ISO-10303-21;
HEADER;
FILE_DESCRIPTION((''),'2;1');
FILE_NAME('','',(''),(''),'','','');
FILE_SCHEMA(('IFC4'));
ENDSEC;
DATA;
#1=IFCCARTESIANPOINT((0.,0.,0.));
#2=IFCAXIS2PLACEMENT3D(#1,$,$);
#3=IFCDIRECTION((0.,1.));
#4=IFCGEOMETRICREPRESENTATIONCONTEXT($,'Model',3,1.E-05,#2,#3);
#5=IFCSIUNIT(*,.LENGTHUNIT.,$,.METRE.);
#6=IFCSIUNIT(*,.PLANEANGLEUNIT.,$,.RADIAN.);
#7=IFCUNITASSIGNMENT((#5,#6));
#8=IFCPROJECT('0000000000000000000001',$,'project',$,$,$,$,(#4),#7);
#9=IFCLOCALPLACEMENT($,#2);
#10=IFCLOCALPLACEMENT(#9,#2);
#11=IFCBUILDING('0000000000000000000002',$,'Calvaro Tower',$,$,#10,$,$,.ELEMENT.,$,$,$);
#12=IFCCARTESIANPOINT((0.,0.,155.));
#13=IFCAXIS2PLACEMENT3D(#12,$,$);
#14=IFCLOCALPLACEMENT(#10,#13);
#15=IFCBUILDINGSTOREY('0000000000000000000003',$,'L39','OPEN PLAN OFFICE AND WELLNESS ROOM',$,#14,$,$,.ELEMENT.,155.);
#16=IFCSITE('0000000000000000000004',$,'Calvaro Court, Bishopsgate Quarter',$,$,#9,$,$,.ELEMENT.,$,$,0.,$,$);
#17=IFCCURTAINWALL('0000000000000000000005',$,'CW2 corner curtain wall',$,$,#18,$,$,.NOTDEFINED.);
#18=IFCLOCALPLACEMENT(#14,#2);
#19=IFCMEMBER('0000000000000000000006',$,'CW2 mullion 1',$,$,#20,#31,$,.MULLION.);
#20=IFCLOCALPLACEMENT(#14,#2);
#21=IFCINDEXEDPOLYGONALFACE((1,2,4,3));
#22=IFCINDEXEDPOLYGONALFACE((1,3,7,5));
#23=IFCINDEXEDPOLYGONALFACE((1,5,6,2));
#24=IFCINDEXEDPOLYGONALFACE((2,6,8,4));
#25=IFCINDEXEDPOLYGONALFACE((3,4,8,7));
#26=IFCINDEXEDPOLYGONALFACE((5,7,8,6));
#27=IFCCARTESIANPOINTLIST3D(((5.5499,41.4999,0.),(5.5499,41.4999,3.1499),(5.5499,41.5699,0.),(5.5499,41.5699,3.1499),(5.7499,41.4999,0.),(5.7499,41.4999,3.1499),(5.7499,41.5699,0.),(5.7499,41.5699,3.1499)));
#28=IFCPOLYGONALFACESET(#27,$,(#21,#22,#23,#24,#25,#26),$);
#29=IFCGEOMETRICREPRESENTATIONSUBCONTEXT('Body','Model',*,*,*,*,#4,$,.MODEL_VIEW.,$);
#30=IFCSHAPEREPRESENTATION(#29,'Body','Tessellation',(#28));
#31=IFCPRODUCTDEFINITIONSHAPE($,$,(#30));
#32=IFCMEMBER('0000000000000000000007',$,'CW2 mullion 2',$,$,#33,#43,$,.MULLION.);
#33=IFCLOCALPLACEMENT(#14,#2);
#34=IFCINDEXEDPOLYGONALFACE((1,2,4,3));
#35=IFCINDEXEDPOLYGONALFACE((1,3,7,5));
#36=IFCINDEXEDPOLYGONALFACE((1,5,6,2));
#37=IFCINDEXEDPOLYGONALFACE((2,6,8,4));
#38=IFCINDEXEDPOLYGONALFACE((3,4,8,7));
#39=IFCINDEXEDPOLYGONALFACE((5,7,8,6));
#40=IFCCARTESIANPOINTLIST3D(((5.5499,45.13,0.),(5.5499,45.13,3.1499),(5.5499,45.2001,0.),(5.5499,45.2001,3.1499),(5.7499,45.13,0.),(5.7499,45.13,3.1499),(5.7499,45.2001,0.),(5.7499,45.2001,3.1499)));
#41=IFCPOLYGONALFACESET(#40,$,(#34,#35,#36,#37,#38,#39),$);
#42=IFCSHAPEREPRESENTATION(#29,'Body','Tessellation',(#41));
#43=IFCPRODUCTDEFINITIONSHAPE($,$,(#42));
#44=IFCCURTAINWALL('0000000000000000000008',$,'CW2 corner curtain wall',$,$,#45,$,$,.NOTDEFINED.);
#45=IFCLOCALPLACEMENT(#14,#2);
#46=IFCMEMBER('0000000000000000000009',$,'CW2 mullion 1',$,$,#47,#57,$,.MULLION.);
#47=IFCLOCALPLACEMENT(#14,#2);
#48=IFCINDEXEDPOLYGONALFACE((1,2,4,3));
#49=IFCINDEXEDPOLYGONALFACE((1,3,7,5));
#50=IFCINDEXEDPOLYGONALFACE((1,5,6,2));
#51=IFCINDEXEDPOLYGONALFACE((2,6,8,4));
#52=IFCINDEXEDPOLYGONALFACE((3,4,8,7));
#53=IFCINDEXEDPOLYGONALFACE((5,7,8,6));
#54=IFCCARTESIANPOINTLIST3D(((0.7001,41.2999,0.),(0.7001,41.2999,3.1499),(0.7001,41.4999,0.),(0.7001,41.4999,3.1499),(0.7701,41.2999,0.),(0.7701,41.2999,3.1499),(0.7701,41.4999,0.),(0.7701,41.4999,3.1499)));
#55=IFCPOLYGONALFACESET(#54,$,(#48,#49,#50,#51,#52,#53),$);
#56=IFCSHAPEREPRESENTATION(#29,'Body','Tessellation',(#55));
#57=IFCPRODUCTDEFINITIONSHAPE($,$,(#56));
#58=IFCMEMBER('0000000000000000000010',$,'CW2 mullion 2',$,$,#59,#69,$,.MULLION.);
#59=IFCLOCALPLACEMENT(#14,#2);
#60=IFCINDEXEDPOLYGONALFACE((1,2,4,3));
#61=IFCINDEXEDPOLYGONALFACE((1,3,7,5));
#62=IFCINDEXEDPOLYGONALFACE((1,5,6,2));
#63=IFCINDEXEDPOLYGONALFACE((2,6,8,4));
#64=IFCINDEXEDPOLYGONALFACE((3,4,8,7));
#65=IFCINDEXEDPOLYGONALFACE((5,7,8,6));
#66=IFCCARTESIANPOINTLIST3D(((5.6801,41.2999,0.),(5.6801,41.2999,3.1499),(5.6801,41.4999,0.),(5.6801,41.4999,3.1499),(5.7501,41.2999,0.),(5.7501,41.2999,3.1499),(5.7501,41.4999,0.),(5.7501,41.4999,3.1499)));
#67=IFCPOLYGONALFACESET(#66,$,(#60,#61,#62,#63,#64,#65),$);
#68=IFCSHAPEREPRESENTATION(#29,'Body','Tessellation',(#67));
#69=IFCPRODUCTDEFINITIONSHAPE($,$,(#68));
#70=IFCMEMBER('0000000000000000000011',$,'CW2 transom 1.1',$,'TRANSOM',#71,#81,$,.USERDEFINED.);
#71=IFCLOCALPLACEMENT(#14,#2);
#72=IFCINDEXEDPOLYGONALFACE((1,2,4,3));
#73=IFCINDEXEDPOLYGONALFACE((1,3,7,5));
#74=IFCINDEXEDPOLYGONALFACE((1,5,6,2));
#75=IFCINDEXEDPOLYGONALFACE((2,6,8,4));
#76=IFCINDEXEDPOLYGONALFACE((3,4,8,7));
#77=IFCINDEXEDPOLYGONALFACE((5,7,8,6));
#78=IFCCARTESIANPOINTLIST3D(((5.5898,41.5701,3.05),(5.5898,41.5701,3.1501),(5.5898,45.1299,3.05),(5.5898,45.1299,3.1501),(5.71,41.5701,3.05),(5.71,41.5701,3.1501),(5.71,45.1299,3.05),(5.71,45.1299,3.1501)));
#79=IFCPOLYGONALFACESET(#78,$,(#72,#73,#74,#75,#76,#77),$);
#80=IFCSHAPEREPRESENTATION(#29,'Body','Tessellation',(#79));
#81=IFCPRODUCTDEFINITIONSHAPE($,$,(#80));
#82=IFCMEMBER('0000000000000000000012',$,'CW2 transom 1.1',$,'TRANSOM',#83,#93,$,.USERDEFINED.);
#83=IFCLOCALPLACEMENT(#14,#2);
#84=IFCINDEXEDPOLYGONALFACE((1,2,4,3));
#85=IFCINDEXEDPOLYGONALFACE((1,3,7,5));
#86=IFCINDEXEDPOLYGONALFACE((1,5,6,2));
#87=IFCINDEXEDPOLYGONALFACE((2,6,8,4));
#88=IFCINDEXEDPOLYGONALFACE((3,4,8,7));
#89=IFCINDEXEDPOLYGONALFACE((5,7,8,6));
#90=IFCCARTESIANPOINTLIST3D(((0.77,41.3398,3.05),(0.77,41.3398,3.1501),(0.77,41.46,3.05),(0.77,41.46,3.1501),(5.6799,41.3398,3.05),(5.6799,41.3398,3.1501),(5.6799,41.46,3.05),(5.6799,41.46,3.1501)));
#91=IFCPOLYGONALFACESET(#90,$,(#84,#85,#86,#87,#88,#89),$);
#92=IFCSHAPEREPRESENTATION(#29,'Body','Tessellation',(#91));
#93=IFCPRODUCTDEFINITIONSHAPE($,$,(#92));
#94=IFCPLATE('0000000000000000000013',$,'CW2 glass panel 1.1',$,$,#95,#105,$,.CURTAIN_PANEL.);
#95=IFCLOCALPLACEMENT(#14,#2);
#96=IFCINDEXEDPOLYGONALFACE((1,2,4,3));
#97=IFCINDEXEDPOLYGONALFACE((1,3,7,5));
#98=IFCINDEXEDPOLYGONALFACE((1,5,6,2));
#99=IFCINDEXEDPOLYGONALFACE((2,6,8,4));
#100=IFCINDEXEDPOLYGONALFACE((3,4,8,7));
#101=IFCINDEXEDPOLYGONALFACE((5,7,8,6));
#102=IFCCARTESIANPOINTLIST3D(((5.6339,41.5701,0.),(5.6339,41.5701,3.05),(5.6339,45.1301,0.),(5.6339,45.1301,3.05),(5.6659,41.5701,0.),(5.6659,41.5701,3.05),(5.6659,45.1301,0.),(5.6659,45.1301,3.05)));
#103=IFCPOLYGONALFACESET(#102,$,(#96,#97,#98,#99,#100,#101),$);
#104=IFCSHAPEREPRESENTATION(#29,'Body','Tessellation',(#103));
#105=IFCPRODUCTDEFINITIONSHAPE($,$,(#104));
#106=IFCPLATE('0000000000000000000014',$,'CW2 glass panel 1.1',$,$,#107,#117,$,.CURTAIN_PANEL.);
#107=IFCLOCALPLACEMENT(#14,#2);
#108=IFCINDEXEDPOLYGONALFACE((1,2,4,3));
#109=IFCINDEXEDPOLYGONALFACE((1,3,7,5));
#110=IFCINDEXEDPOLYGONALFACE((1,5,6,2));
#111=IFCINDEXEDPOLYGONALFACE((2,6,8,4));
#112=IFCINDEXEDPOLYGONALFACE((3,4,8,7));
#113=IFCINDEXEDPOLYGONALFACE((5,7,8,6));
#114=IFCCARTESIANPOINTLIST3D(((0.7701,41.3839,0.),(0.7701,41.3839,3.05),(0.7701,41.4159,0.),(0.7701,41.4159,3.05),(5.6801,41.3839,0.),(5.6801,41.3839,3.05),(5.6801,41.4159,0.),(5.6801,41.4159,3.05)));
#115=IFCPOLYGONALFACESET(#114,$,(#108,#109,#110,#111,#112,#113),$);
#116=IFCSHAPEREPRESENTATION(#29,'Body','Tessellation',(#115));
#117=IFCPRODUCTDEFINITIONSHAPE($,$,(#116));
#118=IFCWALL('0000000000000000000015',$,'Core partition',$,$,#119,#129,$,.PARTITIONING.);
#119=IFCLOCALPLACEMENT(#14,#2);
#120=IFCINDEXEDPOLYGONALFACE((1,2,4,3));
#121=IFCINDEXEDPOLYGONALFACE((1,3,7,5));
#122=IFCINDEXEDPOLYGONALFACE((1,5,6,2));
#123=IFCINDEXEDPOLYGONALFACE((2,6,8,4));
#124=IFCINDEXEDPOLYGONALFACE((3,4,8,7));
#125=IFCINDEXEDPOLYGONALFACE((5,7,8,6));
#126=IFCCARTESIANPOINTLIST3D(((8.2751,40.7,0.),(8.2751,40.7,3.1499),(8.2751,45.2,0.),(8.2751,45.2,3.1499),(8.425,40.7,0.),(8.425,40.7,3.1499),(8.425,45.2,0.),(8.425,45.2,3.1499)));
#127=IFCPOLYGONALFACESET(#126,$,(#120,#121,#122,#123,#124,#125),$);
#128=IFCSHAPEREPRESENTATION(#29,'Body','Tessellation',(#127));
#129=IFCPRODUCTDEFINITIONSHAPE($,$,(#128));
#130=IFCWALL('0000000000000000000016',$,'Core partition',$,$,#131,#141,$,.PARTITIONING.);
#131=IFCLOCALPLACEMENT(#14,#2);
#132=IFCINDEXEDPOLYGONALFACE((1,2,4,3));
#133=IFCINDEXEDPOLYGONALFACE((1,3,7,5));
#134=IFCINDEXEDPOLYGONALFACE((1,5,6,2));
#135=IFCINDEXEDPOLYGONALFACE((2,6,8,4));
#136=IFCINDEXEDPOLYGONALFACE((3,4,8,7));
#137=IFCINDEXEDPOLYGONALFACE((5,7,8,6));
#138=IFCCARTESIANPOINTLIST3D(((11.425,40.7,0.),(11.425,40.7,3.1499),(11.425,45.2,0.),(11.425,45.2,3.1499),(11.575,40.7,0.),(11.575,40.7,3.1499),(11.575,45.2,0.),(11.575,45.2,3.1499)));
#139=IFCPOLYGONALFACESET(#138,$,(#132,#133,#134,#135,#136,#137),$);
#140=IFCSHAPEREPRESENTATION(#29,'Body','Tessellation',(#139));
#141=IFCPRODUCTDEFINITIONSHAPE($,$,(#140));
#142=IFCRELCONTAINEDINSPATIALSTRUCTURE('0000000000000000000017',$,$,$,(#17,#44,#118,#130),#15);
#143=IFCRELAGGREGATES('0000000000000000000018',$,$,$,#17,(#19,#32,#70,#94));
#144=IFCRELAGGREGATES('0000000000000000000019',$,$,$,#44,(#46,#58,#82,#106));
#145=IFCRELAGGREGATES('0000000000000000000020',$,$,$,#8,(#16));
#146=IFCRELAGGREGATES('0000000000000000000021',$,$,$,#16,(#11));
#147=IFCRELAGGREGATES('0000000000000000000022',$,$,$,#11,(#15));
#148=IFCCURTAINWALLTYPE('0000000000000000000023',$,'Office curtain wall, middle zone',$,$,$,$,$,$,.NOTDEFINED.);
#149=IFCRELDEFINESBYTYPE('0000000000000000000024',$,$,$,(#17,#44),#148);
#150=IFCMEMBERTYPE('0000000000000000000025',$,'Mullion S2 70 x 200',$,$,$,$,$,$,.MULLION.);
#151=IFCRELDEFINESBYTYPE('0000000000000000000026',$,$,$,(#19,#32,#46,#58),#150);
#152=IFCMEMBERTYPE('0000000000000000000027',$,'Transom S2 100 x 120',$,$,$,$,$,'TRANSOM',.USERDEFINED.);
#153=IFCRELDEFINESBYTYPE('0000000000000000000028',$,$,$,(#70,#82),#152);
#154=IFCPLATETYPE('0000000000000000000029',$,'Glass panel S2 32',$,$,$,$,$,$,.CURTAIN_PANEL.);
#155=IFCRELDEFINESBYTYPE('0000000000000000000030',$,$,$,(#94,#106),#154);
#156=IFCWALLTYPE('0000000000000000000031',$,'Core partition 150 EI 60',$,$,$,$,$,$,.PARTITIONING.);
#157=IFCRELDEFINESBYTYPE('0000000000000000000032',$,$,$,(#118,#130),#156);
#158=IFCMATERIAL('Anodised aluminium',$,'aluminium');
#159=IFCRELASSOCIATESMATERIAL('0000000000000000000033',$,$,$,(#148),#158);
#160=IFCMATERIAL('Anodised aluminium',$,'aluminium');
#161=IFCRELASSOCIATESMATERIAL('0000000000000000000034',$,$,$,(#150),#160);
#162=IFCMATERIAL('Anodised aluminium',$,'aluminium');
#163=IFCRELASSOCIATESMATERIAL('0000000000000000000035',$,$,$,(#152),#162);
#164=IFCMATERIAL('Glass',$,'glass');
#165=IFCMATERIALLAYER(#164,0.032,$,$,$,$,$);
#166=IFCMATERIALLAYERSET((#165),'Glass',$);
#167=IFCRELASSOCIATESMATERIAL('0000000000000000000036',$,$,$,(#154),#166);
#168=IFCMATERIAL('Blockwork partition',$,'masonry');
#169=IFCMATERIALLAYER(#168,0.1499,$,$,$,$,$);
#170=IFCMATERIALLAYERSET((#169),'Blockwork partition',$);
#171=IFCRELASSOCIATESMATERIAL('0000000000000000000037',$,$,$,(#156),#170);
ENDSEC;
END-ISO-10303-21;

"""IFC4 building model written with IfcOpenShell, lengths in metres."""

from ifc_helpers import new_model, si_unit, direction, frame, frame_2d, origin, origin_2d, place, context, subcontext, project, spatial, rectangle, extrude, material, layer, layer_set, material_profile, profile_set, type_object, element, aggregate, save


model = new_model("IFC4")

# Units and contexts
model_context = context("Model", 3, precision=1e-05, world=origin(), true_north=direction((0.0, 1.0)))
body_context = subcontext(model_context, "Body", "Model", "MODEL_VIEW")
ifc_project = project(units=[si_unit("LENGTHUNIT", "METRE"), si_unit("PLANEANGLEUNIT", "RADIAN")], contexts=[model_context])

# Site, building, storey
site_placement = place(None, origin())
site = spatial("IfcSite", under=ifc_project, at=site_placement, Name="Calvaro Court, Bishopsgate Quarter", CompositionType="ELEMENT", RefElevation=0.0)
building_placement = place(site_placement, origin())
building = spatial("IfcBuilding", under=site, at=building_placement, Name="Calvaro Tower", CompositionType="ELEMENT")
storey_placement = place(building_placement, frame((0.0, 0.0, 155.0)))
storey = spatial("IfcBuildingStorey", under=building, at=storey_placement, Name="L39", Description="OPEN PLAN OFFICE AND WELLNESS ROOM", CompositionType="ELEMENT", Elevation=155.0)

# Curtain walls, members
ifc_material_1 = material(Name="Anodised aluminium", Category="aluminium")
curtain_wall_type = type_object("IfcCurtainWallType", Name="Office curtain wall, middle zone", PredefinedType="NOTDEFINED", material=ifc_material_1)
curtain_wall_1_placement = place(storey_placement, origin())
curtain_wall_1 = element("IfcCurtainWall", 1, at=curtain_wall_1_placement, inside=storey, type_object=curtain_wall_type, Name="CW2 corner curtain wall", PredefinedType="NOTDEFINED")
ifc_material_2 = material(Name="Anodised aluminium", Category="aluminium")
ifc_material_profile_1 = material_profile(ifc_material_2, rectangle(XDim=0.2, YDim=0.0701, at=origin_2d()), Name="Mullion S2 70 x 200")
ifc_profile_set_1 = profile_set([ifc_material_profile_1], Name="Anodised aluminium")
member_type_1 = type_object("IfcMemberType", Name="Mullion S2 70 x 200", PredefinedType="MULLION", material=ifc_profile_set_1)
member_1_placement = place(storey_placement, frame((5.6499, 41.5349, 0.0), z_axis=(0.0, 0.0, 1.0), x_axis=(-1.0, 0.0, 0.0)))
member_1 = element("IfcMember", 2, at=member_1_placement, type_object=member_type_1, Name="CW2 mullion 1", PredefinedType="MULLION", context=body_context, shape_type="SweptSolid", body=[
    extrude(rectangle(XDim=0.2, YDim=0.0701, at=origin_2d()), origin(), (0.0, 0.0, 1.0), 3.1499),
])
member_2_placement = place(storey_placement, frame((5.6499, 45.165, 0.0), z_axis=(0.0, 0.0, 1.0), x_axis=(-1.0, 0.0, 0.0)))
member_2 = element("IfcMember", 3, at=member_2_placement, type_object=member_type_1, Name="CW2 mullion 2", PredefinedType="MULLION", context=body_context, shape_type="SweptSolid", body=[
    extrude(rectangle(XDim=0.2, YDim=0.0701, at=origin_2d()), origin(), (0.0, 0.0, 1.0), 3.1499),
])
curtain_wall_2_placement = place(storey_placement, origin())
curtain_wall_2 = element("IfcCurtainWall", 4, at=curtain_wall_2_placement, inside=storey, type_object=curtain_wall_type, Name="CW2 corner curtain wall", PredefinedType="NOTDEFINED")
member_3_placement = place(storey_placement, frame((0.7351, 41.3999, 0.0), z_axis=(0.0, 0.0, 1.0), x_axis=(0.0, 1.0, 0.0)))
member_3 = element("IfcMember", 5, at=member_3_placement, type_object=member_type_1, Name="CW2 mullion 1", PredefinedType="MULLION", context=body_context, shape_type="SweptSolid", body=[
    extrude(rectangle(XDim=0.2, YDim=0.0701, at=origin_2d()), origin(), (0.0, 0.0, 1.0), 3.1499),
])
member_4_placement = place(storey_placement, frame((5.7151, 41.3999, 0.0), z_axis=(0.0, 0.0, 1.0), x_axis=(0.0, 1.0, 0.0)))
member_4 = element("IfcMember", 6, at=member_4_placement, type_object=member_type_1, Name="CW2 mullion 2", PredefinedType="MULLION", context=body_context, shape_type="SweptSolid", body=[
    extrude(rectangle(XDim=0.2, YDim=0.0701, at=origin_2d()), origin(), (0.0, 0.0, 1.0), 3.1499),
])

# Members
ifc_material_3 = material(Name="Anodised aluminium", Category="aluminium")
ifc_material_profile_2 = material_profile(ifc_material_3, rectangle(XDim=0.1201, YDim=0.1001, at=origin_2d()), Name="Transom S2 100 x 120")
ifc_profile_set_2 = profile_set([ifc_material_profile_2], Name="Anodised aluminium")
member_type_2 = type_object("IfcMemberType", Name="Transom S2 100 x 120", ElementType="TRANSOM", PredefinedType="USERDEFINED", material=ifc_profile_set_2)
member_5_placement = place(storey_placement, frame((5.6499, 41.5701, 3.1001), z_axis=(0.0, 1.0, 0.0), x_axis=(-1.0, 0.0, 0.0)))
member_5 = element("IfcMember", 7, at=member_5_placement, type_object=member_type_2, Name="CW2 transom 1.1", ObjectType="TRANSOM", PredefinedType="USERDEFINED", context=body_context, shape_type="SweptSolid", body=[
    extrude(rectangle(XDim=0.1201, YDim=0.1001, at=origin_2d()), origin(), (0.0, 0.0, 1.0), 3.5598),
])
member_6_placement = place(storey_placement, frame((0.77, 41.3999, 3.1001), z_axis=(1.0, 0.0, 0.0), x_axis=(0.0, 1.0, 0.0)))
member_6 = element("IfcMember", 8, at=member_6_placement, type_object=member_type_2, Name="CW2 transom 1.1", ObjectType="TRANSOM", PredefinedType="USERDEFINED", context=body_context, shape_type="SweptSolid", body=[
    extrude(rectangle(XDim=0.1201, YDim=0.1001, at=origin_2d()), origin(), (0.0, 0.0, 1.0), 4.9099),
])

# Plates
ifc_material_4 = material(Name="Glass", Category="glass")
ifc_layer_1 = layer(ifc_material_4, 0.032)
ifc_layer_set_1 = layer_set([ifc_layer_1], Name="Glass")
plate_type = type_object("IfcPlateType", Name="Glass panel S2 32", PredefinedType="CURTAIN_PANEL", material=ifc_layer_set_1)
plate_1_placement = place(storey_placement, frame((5.6499, 43.3501, 0.0), z_axis=(0.0, 0.0, 1.0), x_axis=(0.0, 1.0, 0.0)))
plate_1 = element("IfcPlate", 9, at=plate_1_placement, type_object=plate_type, Name="CW2 glass panel 1.1", PredefinedType="CURTAIN_PANEL", context=body_context, shape_type="SweptSolid", body=[
    extrude(rectangle(XDim=3.5601, YDim=0.032, at=origin_2d()), origin(), (0.0, 0.0, 1.0), 3.05),
])
aggregate(curtain_wall_1, [member_1, member_2, member_5, plate_1])
plate_2_placement = place(storey_placement, frame((3.2251, 41.3999, 0.0), z_axis=(0.0, 0.0, 1.0), x_axis=(1.0, 0.0, 0.0)))
plate_2 = element("IfcPlate", 10, at=plate_2_placement, type_object=plate_type, Name="CW2 glass panel 1.1", PredefinedType="CURTAIN_PANEL", context=body_context, shape_type="SweptSolid", body=[
    extrude(rectangle(XDim=4.9099, YDim=0.032, at=origin_2d()), origin(), (0.0, 0.0, 1.0), 3.05),
])
aggregate(curtain_wall_2, [member_3, member_4, member_6, plate_2])

# Walls
ifc_material_5 = material(Name="Blockwork partition", Category="masonry")
ifc_layer_2 = layer(ifc_material_5, 0.1499)
ifc_layer_set_2 = layer_set([ifc_layer_2], Name="Blockwork partition")
wall_type_1 = type_object("IfcWallType", Name="Core partition 150 EI 60", PredefinedType="PARTITIONING", material=ifc_layer_set_2)
for number, where, z_axis, x_axis, name in (
    (11, (8.3501, 40.7, 0.0), (0.0, 0.0, 1.0), (0.0, 1.0, 0.0), "Core partition"),
    (12, (11.5, 40.7, 0.0), (0.0, 0.0, 1.0), (0.0, 1.0, 0.0), "Core partition"),
):
    element("IfcWall", number, at=place(storey_placement, frame(where, z_axis=z_axis, x_axis=x_axis)), inside=storey, type_object=wall_type_1, Name=name, PredefinedType="PARTITIONING", context=body_context, shape_type="SweptSolid", body=[
        extrude(rectangle(XDim=4.5, YDim=0.1499, at=frame_2d((2.25, 0.0))), origin(), (0.0, 0.0, 1.0), 3.1499),
    ])

save(model, "model.ifc")
